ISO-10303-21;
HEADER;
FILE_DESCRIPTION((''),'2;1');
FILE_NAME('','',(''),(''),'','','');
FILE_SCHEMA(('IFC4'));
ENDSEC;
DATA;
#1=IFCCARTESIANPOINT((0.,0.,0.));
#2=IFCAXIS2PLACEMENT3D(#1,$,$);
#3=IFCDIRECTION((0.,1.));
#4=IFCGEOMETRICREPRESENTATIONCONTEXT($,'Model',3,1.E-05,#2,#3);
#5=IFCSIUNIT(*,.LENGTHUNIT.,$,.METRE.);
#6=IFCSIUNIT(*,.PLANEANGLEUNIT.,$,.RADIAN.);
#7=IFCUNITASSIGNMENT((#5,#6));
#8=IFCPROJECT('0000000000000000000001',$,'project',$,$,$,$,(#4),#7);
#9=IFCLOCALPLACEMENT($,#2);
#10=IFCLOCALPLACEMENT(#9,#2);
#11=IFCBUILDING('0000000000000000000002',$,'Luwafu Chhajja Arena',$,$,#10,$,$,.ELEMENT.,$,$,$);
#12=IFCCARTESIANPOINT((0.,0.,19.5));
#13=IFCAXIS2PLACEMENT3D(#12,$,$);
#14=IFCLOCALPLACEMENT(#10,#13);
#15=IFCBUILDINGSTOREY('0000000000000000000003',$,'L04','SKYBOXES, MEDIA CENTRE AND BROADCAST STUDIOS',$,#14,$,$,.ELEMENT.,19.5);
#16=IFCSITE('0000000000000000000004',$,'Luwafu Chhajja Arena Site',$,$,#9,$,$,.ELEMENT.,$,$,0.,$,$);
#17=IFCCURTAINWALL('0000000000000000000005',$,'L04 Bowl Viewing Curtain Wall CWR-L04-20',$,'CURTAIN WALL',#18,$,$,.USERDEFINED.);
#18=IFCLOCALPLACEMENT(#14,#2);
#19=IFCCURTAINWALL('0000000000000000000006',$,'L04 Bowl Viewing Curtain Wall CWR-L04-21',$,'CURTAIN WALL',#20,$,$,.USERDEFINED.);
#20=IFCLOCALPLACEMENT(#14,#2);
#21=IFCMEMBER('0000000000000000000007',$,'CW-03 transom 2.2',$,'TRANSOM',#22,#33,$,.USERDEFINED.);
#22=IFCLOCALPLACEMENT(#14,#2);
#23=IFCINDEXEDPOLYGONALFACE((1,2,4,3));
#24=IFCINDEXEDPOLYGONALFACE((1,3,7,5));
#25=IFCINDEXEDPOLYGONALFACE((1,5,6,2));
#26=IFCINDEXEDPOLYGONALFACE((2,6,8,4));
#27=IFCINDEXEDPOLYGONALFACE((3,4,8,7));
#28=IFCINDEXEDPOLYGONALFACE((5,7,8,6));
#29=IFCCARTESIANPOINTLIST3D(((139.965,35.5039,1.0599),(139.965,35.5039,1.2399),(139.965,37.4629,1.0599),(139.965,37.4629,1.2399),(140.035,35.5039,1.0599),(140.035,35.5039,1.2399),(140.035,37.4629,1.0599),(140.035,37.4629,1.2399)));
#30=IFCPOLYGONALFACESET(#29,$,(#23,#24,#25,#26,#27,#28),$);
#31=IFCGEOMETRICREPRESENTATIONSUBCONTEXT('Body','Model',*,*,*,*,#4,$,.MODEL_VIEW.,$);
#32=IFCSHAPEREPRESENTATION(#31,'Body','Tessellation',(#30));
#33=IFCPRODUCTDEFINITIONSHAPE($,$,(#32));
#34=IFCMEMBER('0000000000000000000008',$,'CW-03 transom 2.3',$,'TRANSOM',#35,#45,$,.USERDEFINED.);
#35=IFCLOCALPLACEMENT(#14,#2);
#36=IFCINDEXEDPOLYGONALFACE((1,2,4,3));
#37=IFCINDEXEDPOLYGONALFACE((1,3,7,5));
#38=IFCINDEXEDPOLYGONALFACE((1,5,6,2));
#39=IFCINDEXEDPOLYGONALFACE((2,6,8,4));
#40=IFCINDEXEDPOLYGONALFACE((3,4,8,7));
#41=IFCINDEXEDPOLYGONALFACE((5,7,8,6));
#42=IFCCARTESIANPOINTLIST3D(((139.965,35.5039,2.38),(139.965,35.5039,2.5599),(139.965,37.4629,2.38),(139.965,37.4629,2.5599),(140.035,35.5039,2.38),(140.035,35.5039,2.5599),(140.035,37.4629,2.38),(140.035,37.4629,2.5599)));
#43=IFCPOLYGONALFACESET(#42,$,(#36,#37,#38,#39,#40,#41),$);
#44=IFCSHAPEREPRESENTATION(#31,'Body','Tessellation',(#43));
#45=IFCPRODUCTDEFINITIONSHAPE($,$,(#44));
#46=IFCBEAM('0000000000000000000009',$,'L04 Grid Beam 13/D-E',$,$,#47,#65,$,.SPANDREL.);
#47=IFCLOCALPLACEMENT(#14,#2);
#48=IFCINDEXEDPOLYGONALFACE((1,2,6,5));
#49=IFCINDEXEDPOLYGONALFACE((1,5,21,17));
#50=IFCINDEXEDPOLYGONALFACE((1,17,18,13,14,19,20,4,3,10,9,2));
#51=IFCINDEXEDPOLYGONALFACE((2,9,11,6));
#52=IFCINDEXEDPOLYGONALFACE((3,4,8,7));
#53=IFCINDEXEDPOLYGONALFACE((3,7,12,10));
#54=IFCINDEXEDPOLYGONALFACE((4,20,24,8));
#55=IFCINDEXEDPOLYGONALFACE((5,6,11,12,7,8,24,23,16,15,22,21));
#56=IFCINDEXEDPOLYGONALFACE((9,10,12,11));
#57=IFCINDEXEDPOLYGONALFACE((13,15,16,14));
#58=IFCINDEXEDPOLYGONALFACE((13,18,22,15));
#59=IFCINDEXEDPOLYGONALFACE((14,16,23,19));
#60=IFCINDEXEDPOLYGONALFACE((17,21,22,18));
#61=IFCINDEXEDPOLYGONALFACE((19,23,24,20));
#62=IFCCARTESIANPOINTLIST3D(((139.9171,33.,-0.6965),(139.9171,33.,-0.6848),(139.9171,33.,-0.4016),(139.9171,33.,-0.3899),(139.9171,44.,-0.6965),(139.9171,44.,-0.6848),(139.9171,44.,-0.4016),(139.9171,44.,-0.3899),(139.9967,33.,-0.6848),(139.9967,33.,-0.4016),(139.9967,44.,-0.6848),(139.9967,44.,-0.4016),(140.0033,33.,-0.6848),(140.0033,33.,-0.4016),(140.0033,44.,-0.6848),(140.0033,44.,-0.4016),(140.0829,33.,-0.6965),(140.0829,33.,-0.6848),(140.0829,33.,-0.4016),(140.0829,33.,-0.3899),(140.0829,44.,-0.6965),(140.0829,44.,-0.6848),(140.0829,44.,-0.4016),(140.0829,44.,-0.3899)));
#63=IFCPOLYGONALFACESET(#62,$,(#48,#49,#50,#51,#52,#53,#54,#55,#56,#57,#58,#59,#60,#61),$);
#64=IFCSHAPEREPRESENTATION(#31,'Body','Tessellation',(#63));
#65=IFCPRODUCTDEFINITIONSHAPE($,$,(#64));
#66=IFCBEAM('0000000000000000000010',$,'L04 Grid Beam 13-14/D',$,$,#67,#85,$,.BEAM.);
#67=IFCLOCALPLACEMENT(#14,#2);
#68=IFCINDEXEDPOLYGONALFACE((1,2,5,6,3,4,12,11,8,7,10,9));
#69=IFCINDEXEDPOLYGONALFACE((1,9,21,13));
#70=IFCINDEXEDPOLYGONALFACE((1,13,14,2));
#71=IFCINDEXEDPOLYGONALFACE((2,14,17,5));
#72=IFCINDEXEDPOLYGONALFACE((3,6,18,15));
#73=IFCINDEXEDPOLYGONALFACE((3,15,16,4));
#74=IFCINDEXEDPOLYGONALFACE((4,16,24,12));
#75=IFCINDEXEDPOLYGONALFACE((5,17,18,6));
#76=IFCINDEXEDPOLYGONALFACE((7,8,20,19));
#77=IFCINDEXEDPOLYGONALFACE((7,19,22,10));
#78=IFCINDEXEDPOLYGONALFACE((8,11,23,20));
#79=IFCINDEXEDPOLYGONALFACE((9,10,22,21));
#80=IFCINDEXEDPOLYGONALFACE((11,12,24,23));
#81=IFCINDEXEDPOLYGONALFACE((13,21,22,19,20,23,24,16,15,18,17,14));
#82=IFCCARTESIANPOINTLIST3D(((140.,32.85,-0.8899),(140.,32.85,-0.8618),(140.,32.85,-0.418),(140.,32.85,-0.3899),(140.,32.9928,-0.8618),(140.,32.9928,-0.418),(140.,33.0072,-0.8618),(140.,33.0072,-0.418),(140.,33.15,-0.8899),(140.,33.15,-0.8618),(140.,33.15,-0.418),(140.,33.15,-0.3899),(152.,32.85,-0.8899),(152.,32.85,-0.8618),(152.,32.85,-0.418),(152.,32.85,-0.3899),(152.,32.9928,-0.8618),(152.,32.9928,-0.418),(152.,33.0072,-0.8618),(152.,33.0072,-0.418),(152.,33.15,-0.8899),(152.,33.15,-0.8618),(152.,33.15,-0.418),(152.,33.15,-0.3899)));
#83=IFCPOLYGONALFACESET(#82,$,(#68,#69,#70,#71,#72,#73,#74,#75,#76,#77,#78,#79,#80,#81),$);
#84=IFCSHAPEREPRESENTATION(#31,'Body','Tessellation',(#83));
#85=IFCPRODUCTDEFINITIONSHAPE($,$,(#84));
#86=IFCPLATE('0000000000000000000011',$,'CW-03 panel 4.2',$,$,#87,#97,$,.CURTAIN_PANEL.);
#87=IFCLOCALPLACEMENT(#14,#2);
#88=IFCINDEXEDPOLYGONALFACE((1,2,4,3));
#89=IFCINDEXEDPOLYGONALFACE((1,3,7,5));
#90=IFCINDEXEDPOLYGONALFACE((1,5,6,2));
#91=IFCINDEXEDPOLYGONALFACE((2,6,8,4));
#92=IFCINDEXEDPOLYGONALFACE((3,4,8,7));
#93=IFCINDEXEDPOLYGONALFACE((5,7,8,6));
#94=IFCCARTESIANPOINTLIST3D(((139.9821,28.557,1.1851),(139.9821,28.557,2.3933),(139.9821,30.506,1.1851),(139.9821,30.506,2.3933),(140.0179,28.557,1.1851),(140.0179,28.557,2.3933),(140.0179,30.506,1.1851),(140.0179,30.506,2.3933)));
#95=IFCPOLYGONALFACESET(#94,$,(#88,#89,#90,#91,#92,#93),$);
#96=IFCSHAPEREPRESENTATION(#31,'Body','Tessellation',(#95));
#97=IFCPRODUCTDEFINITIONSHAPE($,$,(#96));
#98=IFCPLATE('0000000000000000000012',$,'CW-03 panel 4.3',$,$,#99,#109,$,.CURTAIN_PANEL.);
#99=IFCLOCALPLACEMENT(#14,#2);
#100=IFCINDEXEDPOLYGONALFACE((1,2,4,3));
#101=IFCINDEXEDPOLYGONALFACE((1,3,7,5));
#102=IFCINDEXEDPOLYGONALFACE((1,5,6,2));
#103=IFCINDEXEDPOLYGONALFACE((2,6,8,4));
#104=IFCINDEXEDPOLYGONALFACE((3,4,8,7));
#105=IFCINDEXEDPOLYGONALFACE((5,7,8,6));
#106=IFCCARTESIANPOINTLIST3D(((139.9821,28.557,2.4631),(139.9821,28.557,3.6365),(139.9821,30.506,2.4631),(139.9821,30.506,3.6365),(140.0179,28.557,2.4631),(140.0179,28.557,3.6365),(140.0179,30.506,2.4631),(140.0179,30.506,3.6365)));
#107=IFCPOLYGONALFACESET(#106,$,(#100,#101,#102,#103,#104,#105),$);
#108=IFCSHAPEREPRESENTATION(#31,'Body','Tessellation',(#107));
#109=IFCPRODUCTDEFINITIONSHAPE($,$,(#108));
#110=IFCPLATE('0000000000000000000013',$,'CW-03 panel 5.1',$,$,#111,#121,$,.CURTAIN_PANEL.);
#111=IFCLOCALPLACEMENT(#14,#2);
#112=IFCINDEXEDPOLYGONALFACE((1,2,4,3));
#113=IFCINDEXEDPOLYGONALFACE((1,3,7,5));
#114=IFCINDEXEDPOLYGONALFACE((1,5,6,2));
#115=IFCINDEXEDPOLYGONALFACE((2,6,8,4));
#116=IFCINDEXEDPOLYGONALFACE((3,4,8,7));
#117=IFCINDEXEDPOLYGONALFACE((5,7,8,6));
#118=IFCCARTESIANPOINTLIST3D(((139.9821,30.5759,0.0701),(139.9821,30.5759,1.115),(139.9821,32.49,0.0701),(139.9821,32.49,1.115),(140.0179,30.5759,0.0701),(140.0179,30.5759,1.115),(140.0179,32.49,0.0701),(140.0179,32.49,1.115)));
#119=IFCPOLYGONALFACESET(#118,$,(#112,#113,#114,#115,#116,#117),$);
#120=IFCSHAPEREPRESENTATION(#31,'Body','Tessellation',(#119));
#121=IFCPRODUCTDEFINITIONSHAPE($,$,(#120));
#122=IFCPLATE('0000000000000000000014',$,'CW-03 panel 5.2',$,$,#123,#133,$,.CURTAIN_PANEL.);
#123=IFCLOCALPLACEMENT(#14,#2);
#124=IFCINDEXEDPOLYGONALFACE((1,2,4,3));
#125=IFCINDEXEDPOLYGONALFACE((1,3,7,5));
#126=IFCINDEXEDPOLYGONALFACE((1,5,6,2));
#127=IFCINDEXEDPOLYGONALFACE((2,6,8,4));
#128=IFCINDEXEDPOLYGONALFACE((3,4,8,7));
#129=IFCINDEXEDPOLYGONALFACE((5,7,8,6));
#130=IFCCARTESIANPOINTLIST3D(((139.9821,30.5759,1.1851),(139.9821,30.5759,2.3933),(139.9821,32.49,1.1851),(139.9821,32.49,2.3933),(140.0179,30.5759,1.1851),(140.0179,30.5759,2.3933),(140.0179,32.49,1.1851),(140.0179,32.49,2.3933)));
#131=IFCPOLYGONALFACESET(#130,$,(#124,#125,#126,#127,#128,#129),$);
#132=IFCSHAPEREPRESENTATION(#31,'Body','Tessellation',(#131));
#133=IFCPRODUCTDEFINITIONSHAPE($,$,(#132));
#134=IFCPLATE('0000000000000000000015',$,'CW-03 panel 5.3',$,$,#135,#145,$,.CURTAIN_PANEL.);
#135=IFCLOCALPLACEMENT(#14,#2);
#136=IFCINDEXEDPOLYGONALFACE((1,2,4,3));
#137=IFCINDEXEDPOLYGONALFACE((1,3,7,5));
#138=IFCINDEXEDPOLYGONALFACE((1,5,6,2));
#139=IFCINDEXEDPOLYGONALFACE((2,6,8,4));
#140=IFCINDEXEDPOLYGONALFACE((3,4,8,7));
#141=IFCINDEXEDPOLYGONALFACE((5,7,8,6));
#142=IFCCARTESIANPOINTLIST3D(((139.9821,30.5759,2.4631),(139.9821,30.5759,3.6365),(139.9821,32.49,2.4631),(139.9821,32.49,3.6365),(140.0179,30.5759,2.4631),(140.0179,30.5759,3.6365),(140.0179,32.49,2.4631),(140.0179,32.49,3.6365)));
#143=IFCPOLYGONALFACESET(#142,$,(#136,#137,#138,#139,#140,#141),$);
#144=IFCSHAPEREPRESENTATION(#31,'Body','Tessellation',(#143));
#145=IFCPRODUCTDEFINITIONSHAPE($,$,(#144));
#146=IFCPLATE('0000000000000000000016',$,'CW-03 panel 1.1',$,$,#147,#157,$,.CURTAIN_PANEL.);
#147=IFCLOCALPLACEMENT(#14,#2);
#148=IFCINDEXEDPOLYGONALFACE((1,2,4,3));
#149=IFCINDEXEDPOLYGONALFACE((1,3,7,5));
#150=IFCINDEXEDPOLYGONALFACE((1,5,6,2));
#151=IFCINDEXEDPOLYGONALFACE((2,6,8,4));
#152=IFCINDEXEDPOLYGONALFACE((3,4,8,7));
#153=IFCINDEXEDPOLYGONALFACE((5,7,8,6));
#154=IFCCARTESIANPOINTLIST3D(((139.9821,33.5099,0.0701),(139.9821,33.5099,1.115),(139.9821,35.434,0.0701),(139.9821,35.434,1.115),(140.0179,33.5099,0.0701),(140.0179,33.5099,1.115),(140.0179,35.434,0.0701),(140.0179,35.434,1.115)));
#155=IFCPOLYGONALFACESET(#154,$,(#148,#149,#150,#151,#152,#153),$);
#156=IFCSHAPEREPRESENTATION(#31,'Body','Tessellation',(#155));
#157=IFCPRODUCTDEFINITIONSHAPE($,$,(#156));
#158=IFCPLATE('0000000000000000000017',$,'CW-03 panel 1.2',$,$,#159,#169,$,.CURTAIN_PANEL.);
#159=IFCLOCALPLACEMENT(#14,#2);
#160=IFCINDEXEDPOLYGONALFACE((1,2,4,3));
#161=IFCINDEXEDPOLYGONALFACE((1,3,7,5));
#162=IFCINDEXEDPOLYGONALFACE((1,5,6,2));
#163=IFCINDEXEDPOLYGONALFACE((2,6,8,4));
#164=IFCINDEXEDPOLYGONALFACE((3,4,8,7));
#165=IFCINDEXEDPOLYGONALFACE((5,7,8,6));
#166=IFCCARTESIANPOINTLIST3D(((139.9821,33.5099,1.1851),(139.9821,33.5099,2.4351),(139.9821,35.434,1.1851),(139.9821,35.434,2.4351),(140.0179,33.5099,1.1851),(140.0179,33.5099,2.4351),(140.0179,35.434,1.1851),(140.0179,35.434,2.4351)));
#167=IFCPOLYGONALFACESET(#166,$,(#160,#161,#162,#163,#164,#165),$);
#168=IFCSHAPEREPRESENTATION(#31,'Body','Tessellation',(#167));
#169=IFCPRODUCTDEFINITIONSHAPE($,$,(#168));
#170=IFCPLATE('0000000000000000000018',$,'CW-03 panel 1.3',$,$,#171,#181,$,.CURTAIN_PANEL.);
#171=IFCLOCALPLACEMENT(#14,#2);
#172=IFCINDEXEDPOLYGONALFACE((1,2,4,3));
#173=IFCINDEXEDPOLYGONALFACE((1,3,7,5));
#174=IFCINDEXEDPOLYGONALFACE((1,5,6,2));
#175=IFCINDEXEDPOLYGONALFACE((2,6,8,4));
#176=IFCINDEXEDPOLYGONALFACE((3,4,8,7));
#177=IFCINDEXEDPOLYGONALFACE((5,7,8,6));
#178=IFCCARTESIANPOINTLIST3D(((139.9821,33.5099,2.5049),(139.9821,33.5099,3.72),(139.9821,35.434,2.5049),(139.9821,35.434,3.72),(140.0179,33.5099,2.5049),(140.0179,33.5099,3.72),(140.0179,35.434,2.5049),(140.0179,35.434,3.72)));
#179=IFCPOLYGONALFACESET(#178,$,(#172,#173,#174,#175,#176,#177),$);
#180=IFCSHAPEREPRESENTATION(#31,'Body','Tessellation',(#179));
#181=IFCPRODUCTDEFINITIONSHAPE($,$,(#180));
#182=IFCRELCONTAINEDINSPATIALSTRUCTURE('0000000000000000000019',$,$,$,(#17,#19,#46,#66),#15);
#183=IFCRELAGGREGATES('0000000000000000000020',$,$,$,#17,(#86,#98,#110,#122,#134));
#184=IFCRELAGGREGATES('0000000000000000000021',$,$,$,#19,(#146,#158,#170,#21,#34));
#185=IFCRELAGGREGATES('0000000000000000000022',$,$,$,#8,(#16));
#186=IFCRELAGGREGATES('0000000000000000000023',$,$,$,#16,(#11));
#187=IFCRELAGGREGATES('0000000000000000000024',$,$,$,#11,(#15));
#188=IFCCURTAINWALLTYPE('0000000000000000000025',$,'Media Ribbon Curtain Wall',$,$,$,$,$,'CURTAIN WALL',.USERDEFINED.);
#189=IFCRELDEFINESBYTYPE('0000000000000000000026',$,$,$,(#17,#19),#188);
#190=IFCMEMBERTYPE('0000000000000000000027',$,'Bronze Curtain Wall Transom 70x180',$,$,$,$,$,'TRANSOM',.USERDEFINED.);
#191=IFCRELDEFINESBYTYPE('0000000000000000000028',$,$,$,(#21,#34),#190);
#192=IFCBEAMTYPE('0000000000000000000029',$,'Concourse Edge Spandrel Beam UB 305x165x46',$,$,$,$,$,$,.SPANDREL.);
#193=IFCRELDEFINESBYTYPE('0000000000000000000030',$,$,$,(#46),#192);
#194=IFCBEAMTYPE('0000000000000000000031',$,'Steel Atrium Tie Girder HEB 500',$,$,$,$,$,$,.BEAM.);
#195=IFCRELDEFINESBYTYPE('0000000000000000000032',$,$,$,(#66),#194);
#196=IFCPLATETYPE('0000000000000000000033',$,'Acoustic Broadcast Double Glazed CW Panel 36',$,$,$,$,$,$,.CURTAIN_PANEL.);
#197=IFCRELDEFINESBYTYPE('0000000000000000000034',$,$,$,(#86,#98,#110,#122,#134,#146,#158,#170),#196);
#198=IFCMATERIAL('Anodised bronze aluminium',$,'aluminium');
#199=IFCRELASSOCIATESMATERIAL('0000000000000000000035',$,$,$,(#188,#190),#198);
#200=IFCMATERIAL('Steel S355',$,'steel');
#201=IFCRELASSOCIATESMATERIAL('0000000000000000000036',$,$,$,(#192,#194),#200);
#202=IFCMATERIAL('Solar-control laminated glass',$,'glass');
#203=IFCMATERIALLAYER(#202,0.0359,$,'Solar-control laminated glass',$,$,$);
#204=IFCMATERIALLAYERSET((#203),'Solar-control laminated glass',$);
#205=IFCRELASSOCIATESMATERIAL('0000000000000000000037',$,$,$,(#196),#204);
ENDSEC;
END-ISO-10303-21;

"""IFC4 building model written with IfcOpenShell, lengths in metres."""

from ifc_helpers import new_model, si_unit, direction, frame, origin, origin_2d, place, context, subcontext, project, spatial, rectangle, i_section, extrude, material, layer, layer_set, material_profile, profile_set, type_object, element, aggregate, save


model = new_model("IFC4")

# Units and contexts
model_context = context("Model", 3, precision=1e-05, world=origin(), true_north=direction((0.0, 1.0)))
body_context = subcontext(model_context, "Body", "Model", "MODEL_VIEW")
ifc_project = project(units=[si_unit("LENGTHUNIT", "METRE"), si_unit("PLANEANGLEUNIT", "RADIAN")], contexts=[model_context])

# Site, building, storey
site_placement = place(None, origin())
site = spatial("IfcSite", under=ifc_project, at=site_placement, Name="Luwafu Chhajja Arena Site", CompositionType="ELEMENT", RefElevation=0.0)
building_placement = place(site_placement, origin())
building = spatial("IfcBuilding", under=site, at=building_placement, Name="Luwafu Chhajja Arena", CompositionType="ELEMENT")
storey_placement = place(building_placement, frame((0.0, 0.0, 19.5)))
storey = spatial("IfcBuildingStorey", under=building, at=storey_placement, Name="L04", Description="SKYBOXES, MEDIA CENTRE AND BROADCAST STUDIOS", CompositionType="ELEMENT", Elevation=19.5)

# Curtain walls
ifc_material_1 = material(Name="Anodised bronze aluminium", Category="aluminium")
curtain_wall_type = type_object("IfcCurtainWallType", Name="Media Ribbon Curtain Wall", ElementType="CURTAIN WALL", PredefinedType="USERDEFINED", material=ifc_material_1)
curtain_wall_1_placement = place(storey_placement, origin())
curtain_wall_1 = element("IfcCurtainWall", 1, at=curtain_wall_1_placement, inside=storey, type_object=curtain_wall_type, Name="L04 Bowl Viewing Curtain Wall CWR-L04-20", ObjectType="CURTAIN WALL", PredefinedType="USERDEFINED")
curtain_wall_2_placement = place(storey_placement, origin())
curtain_wall_2 = element("IfcCurtainWall", 2, at=curtain_wall_2_placement, inside=storey, type_object=curtain_wall_type, Name="L04 Bowl Viewing Curtain Wall CWR-L04-21", ObjectType="CURTAIN WALL", PredefinedType="USERDEFINED")

# Members
ifc_material_profile_1 = material_profile(ifc_material_1, rectangle(XDim=0.0701, YDim=0.1799, at=origin_2d()), Name="CWT 70x180")
ifc_profile_set_1 = profile_set([ifc_material_profile_1], Name="Anodised bronze aluminium")
member_type_1 = type_object("IfcMemberType", Name="Bronze Curtain Wall Transom 70x180", ElementType="TRANSOM", PredefinedType="USERDEFINED", material=ifc_profile_set_1)
member_1_placement = place(storey_placement, frame((140.0, 35.5039, 1.1499), z_axis=(0.0, 1.0, 0.0), x_axis=(-1.0, 0.0, 0.0)))
member_1 = element("IfcMember", 3, at=member_1_placement, type_object=member_type_1, Name="CW-03 transom 2.2", ObjectType="TRANSOM", PredefinedType="USERDEFINED", context=body_context, shape_type="SweptSolid", body=[
    extrude(rectangle(XDim=0.0701, YDim=0.1799, at=origin_2d()), origin(), (0.0, 0.0, 1.0), 1.959),
])
member_2_placement = place(storey_placement, frame((140.0, 35.5039, 2.47), z_axis=(0.0, 1.0, 0.0), x_axis=(-1.0, 0.0, 0.0)))
member_2 = element("IfcMember", 4, at=member_2_placement, type_object=member_type_1, Name="CW-03 transom 2.3", ObjectType="TRANSOM", PredefinedType="USERDEFINED", context=body_context, shape_type="SweptSolid", body=[
    extrude(rectangle(XDim=0.0701, YDim=0.1799, at=origin_2d()), origin(), (0.0, 0.0, 1.0), 1.959),
])

# Beams
ifc_material_2 = material(Name="Steel S355", Category="steel")
ifc_material_profile_2 = material_profile(ifc_material_2, i_section(OverallWidth=0.1658, OverallDepth=0.3066, WebThickness=0.0066, FlangeThickness=0.0117, at=origin_2d()), Name="UB 305x165x46")
ifc_profile_set_2 = profile_set([ifc_material_profile_2], Name="Steel S355")
beam_type_1 = type_object("IfcBeamType", Name="Concourse Edge Spandrel Beam UB 305x165x46", PredefinedType="SPANDREL", material=ifc_profile_set_2)
beam_1_placement = place(storey_placement, frame((140.0, 33.0, -0.5432), z_axis=(0.0, 1.0, 0.0), x_axis=(-1.0, 0.0, 0.0)))
element("IfcBeam", 5, at=beam_1_placement, inside=storey, type_object=beam_type_1, Name="L04 Grid Beam 13/D-E", PredefinedType="SPANDREL", context=body_context, shape_type="SweptSolid", body=[
    extrude(i_section(OverallWidth=0.1658, OverallDepth=0.3066, WebThickness=0.0066, FlangeThickness=0.0117, at=origin_2d()), origin(), (0.0, 0.0, 1.0), 11.0),
])
ifc_material_profile_3 = material_profile(ifc_material_2, i_section(OverallWidth=0.3, OverallDepth=0.5, WebThickness=0.0144, FlangeThickness=0.0281, at=origin_2d()), Name="HEB 500")
ifc_profile_set_3 = profile_set([ifc_material_profile_3], Name="Steel S355")
beam_type_2 = type_object("IfcBeamType", Name="Steel Atrium Tie Girder HEB 500", PredefinedType="BEAM", material=ifc_profile_set_3)
beam_2_placement = place(storey_placement, frame((140.0, 33.0, -0.6399), z_axis=(1.0, 0.0, 0.0), x_axis=(0.0, 1.0, 0.0)))
element("IfcBeam", 6, at=beam_2_placement, inside=storey, type_object=beam_type_2, Name="L04 Grid Beam 13-14/D", PredefinedType="BEAM", context=body_context, shape_type="SweptSolid", body=[
    extrude(i_section(OverallWidth=0.3, OverallDepth=0.5, WebThickness=0.0144, FlangeThickness=0.0281, at=origin_2d()), origin(), (0.0, 0.0, 1.0), 12.0),
])

# Plates
ifc_material_3 = material(Name="Solar-control laminated glass", Category="glass")
ifc_layer = layer(ifc_material_3, 0.0359, Name="Solar-control laminated glass")
ifc_layer_set = layer_set([ifc_layer], Name="Solar-control laminated glass")
plate_type = type_object("IfcPlateType", Name="Acoustic Broadcast Double Glazed CW Panel 36", PredefinedType="CURTAIN_PANEL", material=ifc_layer_set)
plate_1_placement = place(storey_placement, frame((140.0, 29.5315, 1.1851), z_axis=(0.0, 0.0, 1.0), x_axis=(0.0, 1.0, 0.0)))
plate_1 = element("IfcPlate", 7, at=plate_1_placement, type_object=plate_type, Name="CW-03 panel 4.2", PredefinedType="CURTAIN_PANEL", context=body_context, shape_type="SweptSolid", body=[
    extrude(rectangle(XDim=1.949, YDim=0.0359, at=origin_2d()), origin(), (0.0, 0.0, 1.0), 1.2083),
])
plate_2_placement = place(storey_placement, frame((140.0, 29.5315, 2.4631), z_axis=(0.0, 0.0, 1.0), x_axis=(0.0, 1.0, 0.0)))
plate_2 = element("IfcPlate", 8, at=plate_2_placement, type_object=plate_type, Name="CW-03 panel 4.3", PredefinedType="CURTAIN_PANEL", context=body_context, shape_type="SweptSolid", body=[
    extrude(rectangle(XDim=1.949, YDim=0.0359, at=origin_2d()), origin(), (0.0, 0.0, 1.0), 1.1733),
])
plate_3_placement = place(storey_placement, frame((140.0, 31.533, 0.0701), z_axis=(0.0, 0.0, 1.0), x_axis=(0.0, 1.0, 0.0)))
plate_3 = element("IfcPlate", 9, at=plate_3_placement, type_object=plate_type, Name="CW-03 panel 5.1", PredefinedType="CURTAIN_PANEL", context=body_context, shape_type="SweptSolid", body=[
    extrude(rectangle(XDim=1.9141, YDim=0.0359, at=origin_2d()), origin(), (0.0, 0.0, 1.0), 1.0449),
])
plate_4_placement = place(storey_placement, frame((140.0, 31.533, 1.1851), z_axis=(0.0, 0.0, 1.0), x_axis=(0.0, 1.0, 0.0)))
plate_4 = element("IfcPlate", 10, at=plate_4_placement, type_object=plate_type, Name="CW-03 panel 5.2", PredefinedType="CURTAIN_PANEL", context=body_context, shape_type="SweptSolid", body=[
    extrude(rectangle(XDim=1.9141, YDim=0.0359, at=origin_2d()), origin(), (0.0, 0.0, 1.0), 1.2083),
])
plate_5_placement = place(storey_placement, frame((140.0, 31.533, 2.4631), z_axis=(0.0, 0.0, 1.0), x_axis=(0.0, 1.0, 0.0)))
plate_5 = element("IfcPlate", 11, at=plate_5_placement, type_object=plate_type, Name="CW-03 panel 5.3", PredefinedType="CURTAIN_PANEL", context=body_context, shape_type="SweptSolid", body=[
    extrude(rectangle(XDim=1.9141, YDim=0.0359, at=origin_2d()), origin(), (0.0, 0.0, 1.0), 1.1733),
])
aggregate(curtain_wall_1, [plate_1, plate_2, plate_3, plate_4, plate_5])
plate_6_placement = place(storey_placement, frame((140.0, 34.4719, 0.0701), z_axis=(0.0, 0.0, 1.0), x_axis=(0.0, 1.0, 0.0)))
plate_6 = element("IfcPlate", 12, at=plate_6_placement, type_object=plate_type, Name="CW-03 panel 1.1", PredefinedType="CURTAIN_PANEL", context=body_context, shape_type="SweptSolid", body=[
    extrude(rectangle(XDim=1.9241, YDim=0.0359, at=origin_2d()), origin(), (0.0, 0.0, 1.0), 1.0449),
])
plate_7_placement = place(storey_placement, frame((140.0, 34.4719, 1.1851), z_axis=(0.0, 0.0, 1.0), x_axis=(0.0, 1.0, 0.0)))
plate_7 = element("IfcPlate", 13, at=plate_7_placement, type_object=plate_type, Name="CW-03 panel 1.2", PredefinedType="CURTAIN_PANEL", context=body_context, shape_type="SweptSolid", body=[
    extrude(rectangle(XDim=1.9241, YDim=0.0359, at=origin_2d()), origin(), (0.0, 0.0, 1.0), 1.25),
])
plate_8_placement = place(storey_placement, frame((140.0, 34.4719, 2.5049), z_axis=(0.0, 0.0, 1.0), x_axis=(0.0, 1.0, 0.0)))
plate_8 = element("IfcPlate", 14, at=plate_8_placement, type_object=plate_type, Name="CW-03 panel 1.3", PredefinedType="CURTAIN_PANEL", context=body_context, shape_type="SweptSolid", body=[
    extrude(rectangle(XDim=1.9241, YDim=0.0359, at=origin_2d()), origin(), (0.0, 0.0, 1.0), 1.2151),
])
aggregate(curtain_wall_2, [plate_6, plate_7, plate_8, member_1, member_2])

save(model, "model.ifc")
